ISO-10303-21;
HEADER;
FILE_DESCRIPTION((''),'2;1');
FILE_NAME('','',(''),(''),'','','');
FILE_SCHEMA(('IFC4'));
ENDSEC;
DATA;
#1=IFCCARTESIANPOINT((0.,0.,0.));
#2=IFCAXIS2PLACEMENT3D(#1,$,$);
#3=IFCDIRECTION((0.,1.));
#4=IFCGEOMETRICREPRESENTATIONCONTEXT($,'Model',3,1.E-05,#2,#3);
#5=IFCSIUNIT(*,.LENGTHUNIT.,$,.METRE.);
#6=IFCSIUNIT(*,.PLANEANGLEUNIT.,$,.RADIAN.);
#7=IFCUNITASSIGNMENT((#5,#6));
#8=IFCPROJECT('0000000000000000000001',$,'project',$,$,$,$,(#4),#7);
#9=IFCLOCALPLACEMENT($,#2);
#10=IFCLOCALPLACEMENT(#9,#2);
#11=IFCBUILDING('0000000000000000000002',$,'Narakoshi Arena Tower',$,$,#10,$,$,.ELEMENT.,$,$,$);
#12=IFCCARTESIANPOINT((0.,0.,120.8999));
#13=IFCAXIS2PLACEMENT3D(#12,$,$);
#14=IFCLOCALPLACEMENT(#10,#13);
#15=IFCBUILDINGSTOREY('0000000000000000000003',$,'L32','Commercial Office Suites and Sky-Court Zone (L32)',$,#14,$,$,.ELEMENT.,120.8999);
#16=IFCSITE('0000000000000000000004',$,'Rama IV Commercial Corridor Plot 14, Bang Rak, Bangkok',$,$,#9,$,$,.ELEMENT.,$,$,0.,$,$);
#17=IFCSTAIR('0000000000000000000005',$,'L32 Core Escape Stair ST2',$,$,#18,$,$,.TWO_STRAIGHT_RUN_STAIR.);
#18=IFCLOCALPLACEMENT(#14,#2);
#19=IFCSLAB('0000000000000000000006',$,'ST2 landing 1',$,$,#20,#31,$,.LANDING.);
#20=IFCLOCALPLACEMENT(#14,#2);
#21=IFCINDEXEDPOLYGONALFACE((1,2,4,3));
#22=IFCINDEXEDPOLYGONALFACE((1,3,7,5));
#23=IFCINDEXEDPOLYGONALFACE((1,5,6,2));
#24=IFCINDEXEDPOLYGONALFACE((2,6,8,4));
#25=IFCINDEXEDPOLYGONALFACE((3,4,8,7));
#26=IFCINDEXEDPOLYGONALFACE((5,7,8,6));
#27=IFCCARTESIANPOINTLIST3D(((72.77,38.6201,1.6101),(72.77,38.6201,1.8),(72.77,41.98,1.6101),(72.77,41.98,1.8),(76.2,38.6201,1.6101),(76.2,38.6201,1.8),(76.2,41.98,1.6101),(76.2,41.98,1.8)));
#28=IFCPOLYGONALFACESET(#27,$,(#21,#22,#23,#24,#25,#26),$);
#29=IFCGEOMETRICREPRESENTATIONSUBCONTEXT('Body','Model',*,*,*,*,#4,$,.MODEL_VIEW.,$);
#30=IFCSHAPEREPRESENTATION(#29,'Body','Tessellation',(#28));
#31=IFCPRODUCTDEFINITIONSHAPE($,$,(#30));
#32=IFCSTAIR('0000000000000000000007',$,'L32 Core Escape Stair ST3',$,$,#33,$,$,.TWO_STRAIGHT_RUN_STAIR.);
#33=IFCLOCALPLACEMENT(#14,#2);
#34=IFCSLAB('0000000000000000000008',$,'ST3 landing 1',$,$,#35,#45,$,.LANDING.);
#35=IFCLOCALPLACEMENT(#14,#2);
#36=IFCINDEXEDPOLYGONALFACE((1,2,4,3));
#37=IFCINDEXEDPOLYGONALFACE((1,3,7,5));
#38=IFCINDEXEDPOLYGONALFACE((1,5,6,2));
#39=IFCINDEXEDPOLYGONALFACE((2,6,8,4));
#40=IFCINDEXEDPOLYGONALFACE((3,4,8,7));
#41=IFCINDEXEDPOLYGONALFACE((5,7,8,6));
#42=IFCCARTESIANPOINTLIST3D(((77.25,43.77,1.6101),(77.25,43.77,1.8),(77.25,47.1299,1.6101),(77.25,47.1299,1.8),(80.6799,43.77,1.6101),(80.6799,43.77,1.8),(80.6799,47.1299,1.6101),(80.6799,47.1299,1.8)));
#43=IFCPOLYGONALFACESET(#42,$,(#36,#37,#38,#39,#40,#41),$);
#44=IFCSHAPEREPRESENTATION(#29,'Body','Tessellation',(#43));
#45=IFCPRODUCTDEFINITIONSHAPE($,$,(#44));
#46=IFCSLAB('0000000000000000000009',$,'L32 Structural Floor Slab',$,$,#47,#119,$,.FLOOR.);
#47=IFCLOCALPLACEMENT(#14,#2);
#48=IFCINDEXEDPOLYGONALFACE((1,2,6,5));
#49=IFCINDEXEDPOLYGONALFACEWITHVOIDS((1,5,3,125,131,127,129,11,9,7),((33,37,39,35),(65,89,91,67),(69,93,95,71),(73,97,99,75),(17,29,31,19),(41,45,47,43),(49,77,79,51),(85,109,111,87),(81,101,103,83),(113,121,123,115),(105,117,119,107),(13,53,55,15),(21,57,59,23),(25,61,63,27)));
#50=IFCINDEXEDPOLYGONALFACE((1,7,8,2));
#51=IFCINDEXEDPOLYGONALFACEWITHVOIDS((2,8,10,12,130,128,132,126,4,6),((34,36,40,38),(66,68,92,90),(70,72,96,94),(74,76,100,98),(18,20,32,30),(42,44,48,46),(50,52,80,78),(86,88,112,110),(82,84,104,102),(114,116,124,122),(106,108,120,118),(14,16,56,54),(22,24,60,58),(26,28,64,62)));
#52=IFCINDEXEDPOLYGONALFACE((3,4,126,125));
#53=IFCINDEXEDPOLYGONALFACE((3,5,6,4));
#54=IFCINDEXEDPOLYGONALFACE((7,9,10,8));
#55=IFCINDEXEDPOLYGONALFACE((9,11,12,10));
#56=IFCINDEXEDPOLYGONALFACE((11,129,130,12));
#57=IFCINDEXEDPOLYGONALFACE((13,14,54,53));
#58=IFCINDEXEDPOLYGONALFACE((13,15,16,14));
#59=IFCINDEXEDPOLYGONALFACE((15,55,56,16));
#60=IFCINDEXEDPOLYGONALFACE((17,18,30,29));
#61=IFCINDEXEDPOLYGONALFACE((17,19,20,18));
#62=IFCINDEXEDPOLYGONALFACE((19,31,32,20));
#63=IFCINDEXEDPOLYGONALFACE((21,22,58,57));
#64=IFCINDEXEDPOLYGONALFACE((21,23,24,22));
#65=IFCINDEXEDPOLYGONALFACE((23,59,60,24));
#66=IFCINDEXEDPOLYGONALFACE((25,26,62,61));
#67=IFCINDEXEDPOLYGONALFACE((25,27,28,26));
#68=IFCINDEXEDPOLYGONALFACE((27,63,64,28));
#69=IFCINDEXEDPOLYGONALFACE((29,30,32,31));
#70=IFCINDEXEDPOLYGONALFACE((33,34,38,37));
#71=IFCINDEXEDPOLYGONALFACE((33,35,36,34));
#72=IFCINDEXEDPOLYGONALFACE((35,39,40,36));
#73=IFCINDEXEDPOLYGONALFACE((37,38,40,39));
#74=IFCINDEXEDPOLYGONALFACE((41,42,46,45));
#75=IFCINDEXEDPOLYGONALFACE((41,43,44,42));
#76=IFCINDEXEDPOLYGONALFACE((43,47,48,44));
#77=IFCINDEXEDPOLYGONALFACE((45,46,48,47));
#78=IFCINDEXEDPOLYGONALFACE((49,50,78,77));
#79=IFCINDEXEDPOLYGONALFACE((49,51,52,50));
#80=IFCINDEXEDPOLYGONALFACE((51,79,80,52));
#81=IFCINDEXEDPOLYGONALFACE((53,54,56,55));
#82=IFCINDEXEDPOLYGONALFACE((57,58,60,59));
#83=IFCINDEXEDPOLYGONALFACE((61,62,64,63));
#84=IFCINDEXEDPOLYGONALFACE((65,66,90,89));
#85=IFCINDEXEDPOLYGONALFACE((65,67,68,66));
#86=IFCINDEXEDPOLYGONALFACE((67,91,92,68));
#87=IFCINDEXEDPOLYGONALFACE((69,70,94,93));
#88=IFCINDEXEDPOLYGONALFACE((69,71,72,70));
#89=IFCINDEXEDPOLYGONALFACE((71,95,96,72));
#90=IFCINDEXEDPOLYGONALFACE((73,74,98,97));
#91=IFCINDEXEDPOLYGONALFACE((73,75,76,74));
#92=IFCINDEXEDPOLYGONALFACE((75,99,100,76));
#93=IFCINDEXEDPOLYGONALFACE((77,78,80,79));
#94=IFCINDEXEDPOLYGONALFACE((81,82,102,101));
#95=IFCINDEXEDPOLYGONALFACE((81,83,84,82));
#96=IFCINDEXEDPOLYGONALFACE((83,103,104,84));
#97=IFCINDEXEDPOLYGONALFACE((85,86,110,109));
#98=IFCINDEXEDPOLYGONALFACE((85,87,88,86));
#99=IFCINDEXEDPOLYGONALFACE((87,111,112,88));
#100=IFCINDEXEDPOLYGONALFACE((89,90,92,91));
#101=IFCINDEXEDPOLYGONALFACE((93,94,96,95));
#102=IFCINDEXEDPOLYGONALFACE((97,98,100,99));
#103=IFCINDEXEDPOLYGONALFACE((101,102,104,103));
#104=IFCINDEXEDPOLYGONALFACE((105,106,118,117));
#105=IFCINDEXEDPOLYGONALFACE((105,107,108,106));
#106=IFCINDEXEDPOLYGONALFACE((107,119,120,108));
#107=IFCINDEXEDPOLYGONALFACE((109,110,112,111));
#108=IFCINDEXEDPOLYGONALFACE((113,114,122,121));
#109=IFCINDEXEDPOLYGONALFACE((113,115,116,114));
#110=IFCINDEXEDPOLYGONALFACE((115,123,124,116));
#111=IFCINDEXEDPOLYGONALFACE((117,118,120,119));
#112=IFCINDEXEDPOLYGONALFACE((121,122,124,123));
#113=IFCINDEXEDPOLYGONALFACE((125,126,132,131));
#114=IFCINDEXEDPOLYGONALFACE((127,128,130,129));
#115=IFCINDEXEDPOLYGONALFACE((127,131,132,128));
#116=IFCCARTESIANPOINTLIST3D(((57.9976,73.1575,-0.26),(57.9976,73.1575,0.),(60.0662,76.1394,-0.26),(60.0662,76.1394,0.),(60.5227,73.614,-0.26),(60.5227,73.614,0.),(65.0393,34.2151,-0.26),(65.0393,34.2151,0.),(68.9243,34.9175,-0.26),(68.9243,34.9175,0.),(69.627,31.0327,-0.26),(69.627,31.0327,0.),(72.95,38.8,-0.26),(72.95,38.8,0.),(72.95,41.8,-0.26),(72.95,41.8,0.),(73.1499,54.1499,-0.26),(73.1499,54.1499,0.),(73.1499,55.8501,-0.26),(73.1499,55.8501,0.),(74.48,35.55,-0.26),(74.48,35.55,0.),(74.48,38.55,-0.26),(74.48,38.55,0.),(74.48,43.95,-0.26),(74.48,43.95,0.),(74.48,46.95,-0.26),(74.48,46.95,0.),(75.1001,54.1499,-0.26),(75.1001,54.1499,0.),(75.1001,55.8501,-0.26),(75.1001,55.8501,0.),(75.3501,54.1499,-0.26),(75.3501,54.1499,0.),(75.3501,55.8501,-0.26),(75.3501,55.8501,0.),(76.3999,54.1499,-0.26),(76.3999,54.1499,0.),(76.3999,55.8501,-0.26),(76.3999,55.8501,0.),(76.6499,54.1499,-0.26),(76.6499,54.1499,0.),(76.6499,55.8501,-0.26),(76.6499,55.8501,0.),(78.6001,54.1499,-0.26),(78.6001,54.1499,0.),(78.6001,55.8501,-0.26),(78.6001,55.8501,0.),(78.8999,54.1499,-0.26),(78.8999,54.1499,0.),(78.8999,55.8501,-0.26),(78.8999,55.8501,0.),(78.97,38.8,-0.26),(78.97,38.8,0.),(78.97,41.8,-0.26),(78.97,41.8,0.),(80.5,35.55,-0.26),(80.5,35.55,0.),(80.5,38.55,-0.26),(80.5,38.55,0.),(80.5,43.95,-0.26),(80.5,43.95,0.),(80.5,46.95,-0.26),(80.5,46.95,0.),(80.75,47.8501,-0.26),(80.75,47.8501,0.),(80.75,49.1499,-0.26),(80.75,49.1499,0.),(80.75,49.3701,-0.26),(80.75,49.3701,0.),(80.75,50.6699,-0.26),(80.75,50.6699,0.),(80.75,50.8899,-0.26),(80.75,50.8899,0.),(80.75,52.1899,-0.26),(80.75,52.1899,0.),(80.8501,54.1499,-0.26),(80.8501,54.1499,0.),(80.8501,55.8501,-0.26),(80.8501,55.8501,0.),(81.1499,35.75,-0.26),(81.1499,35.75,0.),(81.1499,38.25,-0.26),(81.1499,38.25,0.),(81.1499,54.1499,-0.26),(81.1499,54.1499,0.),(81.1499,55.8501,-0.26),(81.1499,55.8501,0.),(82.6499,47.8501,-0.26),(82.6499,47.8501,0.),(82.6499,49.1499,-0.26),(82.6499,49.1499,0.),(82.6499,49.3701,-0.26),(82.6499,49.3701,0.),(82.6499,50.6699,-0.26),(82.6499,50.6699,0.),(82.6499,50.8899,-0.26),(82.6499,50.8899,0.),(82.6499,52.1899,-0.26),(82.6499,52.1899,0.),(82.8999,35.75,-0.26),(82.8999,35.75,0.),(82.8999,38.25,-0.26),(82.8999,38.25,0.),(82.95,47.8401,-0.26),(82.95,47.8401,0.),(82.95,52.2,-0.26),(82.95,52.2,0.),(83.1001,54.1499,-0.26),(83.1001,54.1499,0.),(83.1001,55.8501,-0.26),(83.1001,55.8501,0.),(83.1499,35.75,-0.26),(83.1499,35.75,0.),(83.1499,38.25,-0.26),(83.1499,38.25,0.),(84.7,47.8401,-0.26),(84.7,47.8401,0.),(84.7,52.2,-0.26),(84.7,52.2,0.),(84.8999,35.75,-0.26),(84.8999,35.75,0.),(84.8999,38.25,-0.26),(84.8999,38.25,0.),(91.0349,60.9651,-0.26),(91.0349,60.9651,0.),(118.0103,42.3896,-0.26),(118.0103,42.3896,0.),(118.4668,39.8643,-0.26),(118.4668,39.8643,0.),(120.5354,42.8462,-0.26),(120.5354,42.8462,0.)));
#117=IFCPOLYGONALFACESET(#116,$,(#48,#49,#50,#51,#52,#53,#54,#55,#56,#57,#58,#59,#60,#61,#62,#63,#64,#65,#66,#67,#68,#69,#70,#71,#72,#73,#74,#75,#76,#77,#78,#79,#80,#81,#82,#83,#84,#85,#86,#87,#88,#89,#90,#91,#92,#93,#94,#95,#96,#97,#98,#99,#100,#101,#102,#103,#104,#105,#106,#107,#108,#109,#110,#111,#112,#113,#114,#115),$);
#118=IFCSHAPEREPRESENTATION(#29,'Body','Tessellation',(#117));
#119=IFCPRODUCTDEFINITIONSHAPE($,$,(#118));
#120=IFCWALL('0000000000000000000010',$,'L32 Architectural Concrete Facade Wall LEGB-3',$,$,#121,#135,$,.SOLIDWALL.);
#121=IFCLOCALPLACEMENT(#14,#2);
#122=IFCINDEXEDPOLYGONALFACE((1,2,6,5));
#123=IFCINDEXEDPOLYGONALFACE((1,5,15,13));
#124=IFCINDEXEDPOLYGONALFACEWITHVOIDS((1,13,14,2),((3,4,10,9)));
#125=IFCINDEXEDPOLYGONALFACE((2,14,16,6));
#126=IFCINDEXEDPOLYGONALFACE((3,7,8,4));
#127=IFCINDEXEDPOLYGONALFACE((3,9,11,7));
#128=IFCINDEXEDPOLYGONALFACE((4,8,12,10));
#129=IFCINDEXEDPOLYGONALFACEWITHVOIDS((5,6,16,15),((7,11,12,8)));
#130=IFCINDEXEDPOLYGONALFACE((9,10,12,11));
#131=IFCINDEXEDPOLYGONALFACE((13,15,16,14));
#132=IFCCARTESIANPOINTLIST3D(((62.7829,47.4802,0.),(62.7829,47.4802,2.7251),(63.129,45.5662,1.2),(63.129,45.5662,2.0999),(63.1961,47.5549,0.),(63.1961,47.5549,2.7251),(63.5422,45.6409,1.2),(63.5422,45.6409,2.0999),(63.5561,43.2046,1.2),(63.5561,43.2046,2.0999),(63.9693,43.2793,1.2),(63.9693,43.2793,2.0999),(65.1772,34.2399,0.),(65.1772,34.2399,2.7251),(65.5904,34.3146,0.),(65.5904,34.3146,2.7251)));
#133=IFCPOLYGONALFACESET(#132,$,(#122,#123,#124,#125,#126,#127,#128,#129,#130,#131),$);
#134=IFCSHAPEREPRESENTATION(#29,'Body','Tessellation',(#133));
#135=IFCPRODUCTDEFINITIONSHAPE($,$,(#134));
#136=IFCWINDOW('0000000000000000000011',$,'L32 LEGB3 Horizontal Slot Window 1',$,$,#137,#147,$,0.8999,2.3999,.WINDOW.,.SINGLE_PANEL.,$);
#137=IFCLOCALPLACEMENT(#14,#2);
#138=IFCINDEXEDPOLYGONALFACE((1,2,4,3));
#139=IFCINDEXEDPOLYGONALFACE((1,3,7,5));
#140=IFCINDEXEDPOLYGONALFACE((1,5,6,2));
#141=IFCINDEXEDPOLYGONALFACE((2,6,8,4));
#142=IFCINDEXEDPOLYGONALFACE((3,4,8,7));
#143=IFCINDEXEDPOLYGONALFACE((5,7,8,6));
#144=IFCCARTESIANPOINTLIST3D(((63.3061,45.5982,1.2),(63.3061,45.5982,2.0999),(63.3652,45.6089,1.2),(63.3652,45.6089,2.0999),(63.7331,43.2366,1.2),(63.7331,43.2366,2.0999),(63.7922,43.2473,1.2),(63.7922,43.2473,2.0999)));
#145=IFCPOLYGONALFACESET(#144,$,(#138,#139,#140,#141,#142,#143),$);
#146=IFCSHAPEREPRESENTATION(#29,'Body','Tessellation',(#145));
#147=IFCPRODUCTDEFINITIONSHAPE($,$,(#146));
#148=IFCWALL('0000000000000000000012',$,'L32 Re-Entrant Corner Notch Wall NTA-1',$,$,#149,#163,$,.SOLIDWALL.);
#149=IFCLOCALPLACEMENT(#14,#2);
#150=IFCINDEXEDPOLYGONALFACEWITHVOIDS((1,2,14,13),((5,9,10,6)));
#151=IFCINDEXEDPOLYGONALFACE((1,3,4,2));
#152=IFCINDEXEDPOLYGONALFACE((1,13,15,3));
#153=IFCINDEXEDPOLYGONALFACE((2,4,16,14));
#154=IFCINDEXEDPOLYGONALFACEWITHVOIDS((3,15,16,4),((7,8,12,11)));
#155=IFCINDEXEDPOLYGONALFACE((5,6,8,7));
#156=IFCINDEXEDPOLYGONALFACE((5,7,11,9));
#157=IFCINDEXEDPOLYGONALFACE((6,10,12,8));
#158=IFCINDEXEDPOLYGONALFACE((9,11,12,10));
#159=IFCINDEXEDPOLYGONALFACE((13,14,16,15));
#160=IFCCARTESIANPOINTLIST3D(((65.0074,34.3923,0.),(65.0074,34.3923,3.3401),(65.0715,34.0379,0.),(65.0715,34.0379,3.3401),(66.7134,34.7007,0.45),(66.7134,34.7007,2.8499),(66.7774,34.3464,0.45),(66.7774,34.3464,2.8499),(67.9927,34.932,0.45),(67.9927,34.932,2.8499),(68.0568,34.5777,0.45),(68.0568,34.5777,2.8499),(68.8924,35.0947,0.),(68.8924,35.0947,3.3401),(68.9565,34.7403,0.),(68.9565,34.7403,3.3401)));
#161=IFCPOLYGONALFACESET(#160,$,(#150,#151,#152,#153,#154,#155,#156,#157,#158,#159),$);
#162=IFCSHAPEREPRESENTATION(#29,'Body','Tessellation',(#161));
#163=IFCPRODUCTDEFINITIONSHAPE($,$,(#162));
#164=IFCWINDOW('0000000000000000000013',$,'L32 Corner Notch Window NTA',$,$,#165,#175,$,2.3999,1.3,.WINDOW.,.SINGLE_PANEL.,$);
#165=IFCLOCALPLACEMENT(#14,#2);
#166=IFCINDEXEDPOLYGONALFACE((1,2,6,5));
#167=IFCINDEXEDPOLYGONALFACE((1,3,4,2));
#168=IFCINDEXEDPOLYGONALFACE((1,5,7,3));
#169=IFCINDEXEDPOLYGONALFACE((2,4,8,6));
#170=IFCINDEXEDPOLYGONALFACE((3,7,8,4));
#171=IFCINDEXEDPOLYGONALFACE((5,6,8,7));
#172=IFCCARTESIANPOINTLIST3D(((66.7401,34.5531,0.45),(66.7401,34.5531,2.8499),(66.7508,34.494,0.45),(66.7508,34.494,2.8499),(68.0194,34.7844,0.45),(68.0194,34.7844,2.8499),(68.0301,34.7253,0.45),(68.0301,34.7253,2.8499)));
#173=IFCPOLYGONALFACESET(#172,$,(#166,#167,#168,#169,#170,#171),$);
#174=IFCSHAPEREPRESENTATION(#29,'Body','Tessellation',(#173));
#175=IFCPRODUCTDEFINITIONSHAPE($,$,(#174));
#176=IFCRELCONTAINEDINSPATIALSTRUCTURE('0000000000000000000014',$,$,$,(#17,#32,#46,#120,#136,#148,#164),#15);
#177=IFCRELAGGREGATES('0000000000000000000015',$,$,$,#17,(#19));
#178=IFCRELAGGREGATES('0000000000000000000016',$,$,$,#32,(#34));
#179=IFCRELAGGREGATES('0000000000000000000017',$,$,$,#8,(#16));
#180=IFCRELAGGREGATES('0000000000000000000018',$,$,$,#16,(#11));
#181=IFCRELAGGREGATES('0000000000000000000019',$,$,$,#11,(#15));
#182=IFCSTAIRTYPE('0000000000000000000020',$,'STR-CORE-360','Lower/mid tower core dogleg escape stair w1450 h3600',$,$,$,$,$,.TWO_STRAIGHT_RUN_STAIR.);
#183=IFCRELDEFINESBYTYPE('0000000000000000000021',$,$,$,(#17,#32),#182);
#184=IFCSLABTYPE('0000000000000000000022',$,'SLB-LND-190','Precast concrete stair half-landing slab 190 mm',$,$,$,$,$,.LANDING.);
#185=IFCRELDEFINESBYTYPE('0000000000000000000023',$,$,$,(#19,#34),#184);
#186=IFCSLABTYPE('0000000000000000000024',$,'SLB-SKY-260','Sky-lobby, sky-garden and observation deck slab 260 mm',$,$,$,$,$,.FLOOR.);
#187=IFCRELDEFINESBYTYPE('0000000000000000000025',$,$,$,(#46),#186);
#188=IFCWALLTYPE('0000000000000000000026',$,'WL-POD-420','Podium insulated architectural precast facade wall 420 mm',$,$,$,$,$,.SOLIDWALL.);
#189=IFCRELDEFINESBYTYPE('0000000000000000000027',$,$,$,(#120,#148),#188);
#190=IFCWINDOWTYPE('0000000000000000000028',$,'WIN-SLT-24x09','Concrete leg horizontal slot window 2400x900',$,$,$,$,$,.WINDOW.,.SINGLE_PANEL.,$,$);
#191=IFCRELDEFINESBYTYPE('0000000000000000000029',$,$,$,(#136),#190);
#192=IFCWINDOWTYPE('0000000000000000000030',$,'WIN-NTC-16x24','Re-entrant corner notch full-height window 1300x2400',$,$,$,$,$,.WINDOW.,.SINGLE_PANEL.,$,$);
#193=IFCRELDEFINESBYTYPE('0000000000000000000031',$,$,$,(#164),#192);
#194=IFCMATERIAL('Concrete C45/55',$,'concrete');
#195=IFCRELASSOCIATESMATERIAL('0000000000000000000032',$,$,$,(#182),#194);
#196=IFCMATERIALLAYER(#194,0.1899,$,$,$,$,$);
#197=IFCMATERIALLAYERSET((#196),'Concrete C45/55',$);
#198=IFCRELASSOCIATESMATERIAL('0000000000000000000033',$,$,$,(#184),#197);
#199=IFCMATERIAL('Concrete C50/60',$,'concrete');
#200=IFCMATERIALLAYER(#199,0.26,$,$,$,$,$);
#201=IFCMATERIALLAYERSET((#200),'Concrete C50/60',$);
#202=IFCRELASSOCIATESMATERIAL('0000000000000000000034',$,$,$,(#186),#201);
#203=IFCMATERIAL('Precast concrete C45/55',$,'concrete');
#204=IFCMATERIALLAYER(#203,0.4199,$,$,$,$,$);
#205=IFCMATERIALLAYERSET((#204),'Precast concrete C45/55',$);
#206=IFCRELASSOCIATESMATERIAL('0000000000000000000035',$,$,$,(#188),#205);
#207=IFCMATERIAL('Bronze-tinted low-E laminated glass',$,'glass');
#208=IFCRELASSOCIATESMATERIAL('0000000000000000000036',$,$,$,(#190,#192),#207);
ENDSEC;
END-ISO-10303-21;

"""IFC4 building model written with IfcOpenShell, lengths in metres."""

from ifc_helpers import new_model, si_unit, direction, frame, frame_2d, origin, place, context, subcontext, project, spatial, polyline, rectangle, outline, extrude, material, layer, layer_set, type_object, element, fill, aggregate, save


model = new_model("IFC4")

# Units and contexts
model_context = context("Model", 3, precision=1e-05, world=origin(), true_north=direction((0.0, 1.0)))
body_context = subcontext(model_context, "Body", "Model", "MODEL_VIEW")
ifc_project = project(units=[si_unit("LENGTHUNIT", "METRE"), si_unit("PLANEANGLEUNIT", "RADIAN")], contexts=[model_context])

# Site, building, storey
site_placement = place(None, origin())
site = spatial("IfcSite", under=ifc_project, at=site_placement, Name="Rama IV Commercial Corridor Plot 14, Bang Rak, Bangkok", CompositionType="ELEMENT", RefElevation=0.0)
building_placement = place(site_placement, origin())
building = spatial("IfcBuilding", under=site, at=building_placement, Name="Narakoshi Arena Tower", CompositionType="ELEMENT")
storey_placement = place(building_placement, frame((0.0, 0.0, 120.8999)))
storey = spatial("IfcBuildingStorey", under=building, at=storey_placement, Name="L32", Description="Commercial Office Suites and Sky-Court Zone (L32)", CompositionType="ELEMENT", Elevation=120.8999)

# Stairs, slabs
ifc_material_1 = material(Name="Concrete C45/55", Category="concrete")
stair_type = type_object("IfcStairType", Name="STR-CORE-360", Description="Lower/mid tower core dogleg escape stair w1450 h3600", PredefinedType="TWO_STRAIGHT_RUN_STAIR", material=ifc_material_1)
ifc_layer_1 = layer(ifc_material_1, 0.1899)
ifc_layer_set_1 = layer_set([ifc_layer_1], Name="Concrete C45/55")
slab_type_1 = type_object("IfcSlabType", Name="SLB-LND-190", Description="Precast concrete stair half-landing slab 190 mm", PredefinedType="LANDING", material=ifc_layer_set_1)
stair_1_placement = place(storey_placement, origin())
stair_1 = element("IfcStair", 1, at=stair_1_placement, inside=storey, type_object=stair_type, Name="L32 Core Escape Stair ST2", PredefinedType="TWO_STRAIGHT_RUN_STAIR")
slab_1_placement = place(storey_placement, frame((0.0, 0.0, 1.6101)))
slab_1 = element("IfcSlab", 2, at=slab_1_placement, type_object=slab_type_1, Name="ST2 landing 1", PredefinedType="LANDING", context=body_context, shape_type="SweptSolid", body=[
    extrude(outline(polyline([(72.77, 38.6201), (76.2, 38.6201), (76.2, 41.98), (72.77, 41.98), (72.77, 38.6201)])), origin(), (0.0, 0.0, 1.0), 0.1899),
])
aggregate(stair_1, [slab_1])
stair_2_placement = place(storey_placement, origin())
stair_2 = element("IfcStair", 3, at=stair_2_placement, inside=storey, type_object=stair_type, Name="L32 Core Escape Stair ST3", PredefinedType="TWO_STRAIGHT_RUN_STAIR")
slab_2_placement = place(storey_placement, frame((0.0, 0.0, 1.6101)))
slab_2 = element("IfcSlab", 4, at=slab_2_placement, type_object=slab_type_1, Name="ST3 landing 1", PredefinedType="LANDING", context=body_context, shape_type="SweptSolid", body=[
    extrude(outline(polyline([(77.25, 43.77), (80.6799, 43.77), (80.6799, 47.1299), (77.25, 47.1299), (77.25, 43.77)])), origin(), (0.0, 0.0, 1.0), 0.1899),
])
aggregate(stair_2, [slab_2])

# Slab
ifc_material_2 = material(Name="Concrete C50/60", Category="concrete")
ifc_layer_2 = layer(ifc_material_2, 0.26)
ifc_layer_set_2 = layer_set([ifc_layer_2], Name="Concrete C50/60")
slab_type_2 = type_object("IfcSlabType", Name="SLB-SKY-260", Description="Sky-lobby, sky-garden and observation deck slab 260 mm", PredefinedType="FLOOR", material=ifc_layer_set_2)
slab_3_placement = place(storey_placement, frame((0.0, 0.0, -0.26)))
element("IfcSlab", 5, at=slab_3_placement, inside=storey, type_object=slab_type_2, Name="L32 Structural Floor Slab", PredefinedType="FLOOR", context=body_context, shape_type="SweptSolid", body=[
    extrude(outline(polyline([(69.627, 31.0327), (118.4668, 39.8643), (118.0103, 42.3896), (120.5354, 42.8462), (91.0349, 60.9651), (60.0662, 76.1394), (60.5227, 73.614), (57.9976, 73.1575), (65.0393, 34.2151), (68.9243, 34.9175), (69.627, 31.0327)]), holes=[polyline([(80.5, 35.55), (74.48, 35.55), (74.48, 38.55), (80.5, 38.55), (80.5, 35.55)]), polyline([(82.8999, 35.75), (81.1499, 35.75), (81.1499, 38.25), (82.8999, 38.25), (82.8999, 35.75)]), polyline([(83.1499, 35.75), (83.1499, 38.25), (84.8999, 38.25), (84.8999, 35.75), (83.1499, 35.75)]), polyline([(72.95, 38.8), (72.95, 41.8), (78.97, 41.8), (78.97, 38.8), (72.95, 38.8)]), polyline([(74.48, 43.95), (74.48, 46.95), (80.5, 46.95), (80.5, 43.95), (74.48, 43.95)]), polyline([(82.95, 47.8401), (82.95, 52.2), (84.7, 52.2), (84.7, 47.8401), (82.95, 47.8401)]), polyline([(80.75, 47.8501), (80.75, 49.1499), (82.6499, 49.1499), (82.6499, 47.8501), (80.75, 47.8501)]), polyline([(80.75, 49.3701), (80.75, 50.6699), (82.6499, 50.6699), (82.6499, 49.3701), (80.75, 49.3701)]), polyline([(80.75, 50.8899), (80.75, 52.1899), (82.6499, 52.1899), (82.6499, 50.8899), (80.75, 50.8899)]), polyline([(73.1499, 54.1499), (73.1499, 55.8501), (75.1001, 55.8501), (75.1001, 54.1499), (73.1499, 54.1499)]), polyline([(75.3501, 54.1499), (75.3501, 55.8501), (76.3999, 55.8501), (76.3999, 54.1499), (75.3501, 54.1499)]), polyline([(76.6499, 54.1499), (76.6499, 55.8501), (78.6001, 55.8501), (78.6001, 54.1499), (76.6499, 54.1499)]), polyline([(78.8999, 54.1499), (78.8999, 55.8501), (80.8501, 55.8501), (80.8501, 54.1499), (78.8999, 54.1499)]), polyline([(81.1499, 54.1499), (81.1499, 55.8501), (83.1001, 55.8501), (83.1001, 54.1499), (81.1499, 54.1499)])]), origin(), (0.0, 0.0, 1.0), 0.26),
])

# Walls, openings, windows
ifc_material_3 = material(Name="Precast concrete C45/55", Category="concrete")
ifc_layer_3 = layer(ifc_material_3, 0.4199)
ifc_layer_set_3 = layer_set([ifc_layer_3], Name="Precast concrete C45/55")
wall_type = type_object("IfcWallType", Name="WL-POD-420", Description="Podium insulated architectural precast facade wall 420 mm", PredefinedType="SOLIDWALL", material=ifc_layer_set_3)
wall_1_placement = place(storey_placement, frame((62.9895, 47.5176, 0.0), z_axis=(0.0, 0.0, 1.0), x_axis=(0.177948, -0.98404, 0.0)))
wall_1 = element("IfcWall", 6, at=wall_1_placement, inside=storey, type_object=wall_type, Name="L32 Architectural Concrete Facade Wall LEGB-3", PredefinedType="SOLIDWALL", context=body_context, shape_type="SweptSolid", body=[
    extrude(rectangle(XDim=13.4551, YDim=0.4199, at=frame_2d((6.7275, 0.0))), origin(), (0.0, 0.0, 1.0), 2.7251),
])
opening_1_placement = place(wall_1_placement, frame((1.9451, 0.0, 1.2)))
opening_1 = element("IfcOpeningElement", 7, at=opening_1_placement, cuts=wall_1, PredefinedType="OPENING", context=body_context, shape_type="SweptSolid", body=[
    extrude(rectangle(XDim=2.3999, YDim=0.8999, at=frame_2d((1.2, 0.45))), frame((0.0, 0.22, 0.0), z_axis=(0.0, -1.0, 0.0), x_axis=(1.0, 0.0, 0.0)), (0.0, 0.0, 1.0), 0.4399),
])
ifc_material_4 = material(Name="Bronze-tinted low-E laminated glass", Category="glass")
window_type_1 = type_object("IfcWindowType", Name="WIN-SLT-24x09", Description="Concrete leg horizontal slot window 2400x900", PartitioningType="SINGLE_PANEL", PredefinedType="WINDOW", material=ifc_material_4)
window_1_placement = place(opening_1_placement, origin())
window_1 = element("IfcWindow", 8, at=window_1_placement, inside=storey, type_object=window_type_1, Name="L32 LEGB3 Horizontal Slot Window 1", OverallHeight=0.8999, OverallWidth=2.3999, PartitioningType="SINGLE_PANEL", PredefinedType="WINDOW", context=body_context, shape_type="SweptSolid", body=[
    extrude(rectangle(XDim=2.3999, YDim=0.8999, at=frame_2d((1.2, 0.45))), frame((0.0, 0.03, 0.0), z_axis=(0.0, -1.0, 0.0), x_axis=(1.0, 0.0, 0.0)), (0.0, 0.0, 1.0), 0.0601),
])
fill(opening_1, window_1)
wall_2_placement = place(storey_placement, frame((65.0393, 34.2151, 0.0), z_axis=(0.0, 0.0, 1.0), x_axis=(0.984047, 0.177911, 0.0)))
wall_2 = element("IfcWall", 9, at=wall_2_placement, inside=storey, type_object=wall_type, Name="L32 Re-Entrant Corner Notch Wall NTA-1", PredefinedType="SOLIDWALL", context=body_context, shape_type="SweptSolid", body=[
    extrude(rectangle(XDim=3.948, YDim=0.3601, at=frame_2d((1.9741, 0.0))), origin(), (0.0, 0.0, 1.0), 3.3401),
])
opening_2_placement = place(wall_2_placement, frame((1.7339, 0.0, 0.45)))
opening_2 = element("IfcOpeningElement", 10, at=opening_2_placement, cuts=wall_2, PredefinedType="OPENING", context=body_context, shape_type="SweptSolid", body=[
    extrude(rectangle(XDim=1.3, YDim=2.3999, at=frame_2d((0.6499, 1.2))), frame((0.0, 0.1899, 0.0), z_axis=(0.0, -1.0, 0.0), x_axis=(1.0, 0.0, 0.0)), (0.0, 0.0, 1.0), 0.3801),
])
window_type_2 = type_object("IfcWindowType", Name="WIN-NTC-16x24", Description="Re-entrant corner notch full-height window 1300x2400", PartitioningType="SINGLE_PANEL", PredefinedType="WINDOW", material=ifc_material_4)
window_2_placement = place(opening_2_placement, origin())
window_2 = element("IfcWindow", 11, at=window_2_placement, inside=storey, type_object=window_type_2, Name="L32 Corner Notch Window NTA", OverallHeight=2.3999, OverallWidth=1.3, PartitioningType="SINGLE_PANEL", PredefinedType="WINDOW", context=body_context, shape_type="SweptSolid", body=[
    extrude(rectangle(XDim=1.3, YDim=2.3999, at=frame_2d((0.6499, 1.2))), frame((0.0, 0.03, 0.0), z_axis=(0.0, -1.0, 0.0), x_axis=(1.0, 0.0, 0.0)), (0.0, 0.0, 1.0), 0.0601),
])
fill(opening_2, window_2)

save(model, "model.ifc")
